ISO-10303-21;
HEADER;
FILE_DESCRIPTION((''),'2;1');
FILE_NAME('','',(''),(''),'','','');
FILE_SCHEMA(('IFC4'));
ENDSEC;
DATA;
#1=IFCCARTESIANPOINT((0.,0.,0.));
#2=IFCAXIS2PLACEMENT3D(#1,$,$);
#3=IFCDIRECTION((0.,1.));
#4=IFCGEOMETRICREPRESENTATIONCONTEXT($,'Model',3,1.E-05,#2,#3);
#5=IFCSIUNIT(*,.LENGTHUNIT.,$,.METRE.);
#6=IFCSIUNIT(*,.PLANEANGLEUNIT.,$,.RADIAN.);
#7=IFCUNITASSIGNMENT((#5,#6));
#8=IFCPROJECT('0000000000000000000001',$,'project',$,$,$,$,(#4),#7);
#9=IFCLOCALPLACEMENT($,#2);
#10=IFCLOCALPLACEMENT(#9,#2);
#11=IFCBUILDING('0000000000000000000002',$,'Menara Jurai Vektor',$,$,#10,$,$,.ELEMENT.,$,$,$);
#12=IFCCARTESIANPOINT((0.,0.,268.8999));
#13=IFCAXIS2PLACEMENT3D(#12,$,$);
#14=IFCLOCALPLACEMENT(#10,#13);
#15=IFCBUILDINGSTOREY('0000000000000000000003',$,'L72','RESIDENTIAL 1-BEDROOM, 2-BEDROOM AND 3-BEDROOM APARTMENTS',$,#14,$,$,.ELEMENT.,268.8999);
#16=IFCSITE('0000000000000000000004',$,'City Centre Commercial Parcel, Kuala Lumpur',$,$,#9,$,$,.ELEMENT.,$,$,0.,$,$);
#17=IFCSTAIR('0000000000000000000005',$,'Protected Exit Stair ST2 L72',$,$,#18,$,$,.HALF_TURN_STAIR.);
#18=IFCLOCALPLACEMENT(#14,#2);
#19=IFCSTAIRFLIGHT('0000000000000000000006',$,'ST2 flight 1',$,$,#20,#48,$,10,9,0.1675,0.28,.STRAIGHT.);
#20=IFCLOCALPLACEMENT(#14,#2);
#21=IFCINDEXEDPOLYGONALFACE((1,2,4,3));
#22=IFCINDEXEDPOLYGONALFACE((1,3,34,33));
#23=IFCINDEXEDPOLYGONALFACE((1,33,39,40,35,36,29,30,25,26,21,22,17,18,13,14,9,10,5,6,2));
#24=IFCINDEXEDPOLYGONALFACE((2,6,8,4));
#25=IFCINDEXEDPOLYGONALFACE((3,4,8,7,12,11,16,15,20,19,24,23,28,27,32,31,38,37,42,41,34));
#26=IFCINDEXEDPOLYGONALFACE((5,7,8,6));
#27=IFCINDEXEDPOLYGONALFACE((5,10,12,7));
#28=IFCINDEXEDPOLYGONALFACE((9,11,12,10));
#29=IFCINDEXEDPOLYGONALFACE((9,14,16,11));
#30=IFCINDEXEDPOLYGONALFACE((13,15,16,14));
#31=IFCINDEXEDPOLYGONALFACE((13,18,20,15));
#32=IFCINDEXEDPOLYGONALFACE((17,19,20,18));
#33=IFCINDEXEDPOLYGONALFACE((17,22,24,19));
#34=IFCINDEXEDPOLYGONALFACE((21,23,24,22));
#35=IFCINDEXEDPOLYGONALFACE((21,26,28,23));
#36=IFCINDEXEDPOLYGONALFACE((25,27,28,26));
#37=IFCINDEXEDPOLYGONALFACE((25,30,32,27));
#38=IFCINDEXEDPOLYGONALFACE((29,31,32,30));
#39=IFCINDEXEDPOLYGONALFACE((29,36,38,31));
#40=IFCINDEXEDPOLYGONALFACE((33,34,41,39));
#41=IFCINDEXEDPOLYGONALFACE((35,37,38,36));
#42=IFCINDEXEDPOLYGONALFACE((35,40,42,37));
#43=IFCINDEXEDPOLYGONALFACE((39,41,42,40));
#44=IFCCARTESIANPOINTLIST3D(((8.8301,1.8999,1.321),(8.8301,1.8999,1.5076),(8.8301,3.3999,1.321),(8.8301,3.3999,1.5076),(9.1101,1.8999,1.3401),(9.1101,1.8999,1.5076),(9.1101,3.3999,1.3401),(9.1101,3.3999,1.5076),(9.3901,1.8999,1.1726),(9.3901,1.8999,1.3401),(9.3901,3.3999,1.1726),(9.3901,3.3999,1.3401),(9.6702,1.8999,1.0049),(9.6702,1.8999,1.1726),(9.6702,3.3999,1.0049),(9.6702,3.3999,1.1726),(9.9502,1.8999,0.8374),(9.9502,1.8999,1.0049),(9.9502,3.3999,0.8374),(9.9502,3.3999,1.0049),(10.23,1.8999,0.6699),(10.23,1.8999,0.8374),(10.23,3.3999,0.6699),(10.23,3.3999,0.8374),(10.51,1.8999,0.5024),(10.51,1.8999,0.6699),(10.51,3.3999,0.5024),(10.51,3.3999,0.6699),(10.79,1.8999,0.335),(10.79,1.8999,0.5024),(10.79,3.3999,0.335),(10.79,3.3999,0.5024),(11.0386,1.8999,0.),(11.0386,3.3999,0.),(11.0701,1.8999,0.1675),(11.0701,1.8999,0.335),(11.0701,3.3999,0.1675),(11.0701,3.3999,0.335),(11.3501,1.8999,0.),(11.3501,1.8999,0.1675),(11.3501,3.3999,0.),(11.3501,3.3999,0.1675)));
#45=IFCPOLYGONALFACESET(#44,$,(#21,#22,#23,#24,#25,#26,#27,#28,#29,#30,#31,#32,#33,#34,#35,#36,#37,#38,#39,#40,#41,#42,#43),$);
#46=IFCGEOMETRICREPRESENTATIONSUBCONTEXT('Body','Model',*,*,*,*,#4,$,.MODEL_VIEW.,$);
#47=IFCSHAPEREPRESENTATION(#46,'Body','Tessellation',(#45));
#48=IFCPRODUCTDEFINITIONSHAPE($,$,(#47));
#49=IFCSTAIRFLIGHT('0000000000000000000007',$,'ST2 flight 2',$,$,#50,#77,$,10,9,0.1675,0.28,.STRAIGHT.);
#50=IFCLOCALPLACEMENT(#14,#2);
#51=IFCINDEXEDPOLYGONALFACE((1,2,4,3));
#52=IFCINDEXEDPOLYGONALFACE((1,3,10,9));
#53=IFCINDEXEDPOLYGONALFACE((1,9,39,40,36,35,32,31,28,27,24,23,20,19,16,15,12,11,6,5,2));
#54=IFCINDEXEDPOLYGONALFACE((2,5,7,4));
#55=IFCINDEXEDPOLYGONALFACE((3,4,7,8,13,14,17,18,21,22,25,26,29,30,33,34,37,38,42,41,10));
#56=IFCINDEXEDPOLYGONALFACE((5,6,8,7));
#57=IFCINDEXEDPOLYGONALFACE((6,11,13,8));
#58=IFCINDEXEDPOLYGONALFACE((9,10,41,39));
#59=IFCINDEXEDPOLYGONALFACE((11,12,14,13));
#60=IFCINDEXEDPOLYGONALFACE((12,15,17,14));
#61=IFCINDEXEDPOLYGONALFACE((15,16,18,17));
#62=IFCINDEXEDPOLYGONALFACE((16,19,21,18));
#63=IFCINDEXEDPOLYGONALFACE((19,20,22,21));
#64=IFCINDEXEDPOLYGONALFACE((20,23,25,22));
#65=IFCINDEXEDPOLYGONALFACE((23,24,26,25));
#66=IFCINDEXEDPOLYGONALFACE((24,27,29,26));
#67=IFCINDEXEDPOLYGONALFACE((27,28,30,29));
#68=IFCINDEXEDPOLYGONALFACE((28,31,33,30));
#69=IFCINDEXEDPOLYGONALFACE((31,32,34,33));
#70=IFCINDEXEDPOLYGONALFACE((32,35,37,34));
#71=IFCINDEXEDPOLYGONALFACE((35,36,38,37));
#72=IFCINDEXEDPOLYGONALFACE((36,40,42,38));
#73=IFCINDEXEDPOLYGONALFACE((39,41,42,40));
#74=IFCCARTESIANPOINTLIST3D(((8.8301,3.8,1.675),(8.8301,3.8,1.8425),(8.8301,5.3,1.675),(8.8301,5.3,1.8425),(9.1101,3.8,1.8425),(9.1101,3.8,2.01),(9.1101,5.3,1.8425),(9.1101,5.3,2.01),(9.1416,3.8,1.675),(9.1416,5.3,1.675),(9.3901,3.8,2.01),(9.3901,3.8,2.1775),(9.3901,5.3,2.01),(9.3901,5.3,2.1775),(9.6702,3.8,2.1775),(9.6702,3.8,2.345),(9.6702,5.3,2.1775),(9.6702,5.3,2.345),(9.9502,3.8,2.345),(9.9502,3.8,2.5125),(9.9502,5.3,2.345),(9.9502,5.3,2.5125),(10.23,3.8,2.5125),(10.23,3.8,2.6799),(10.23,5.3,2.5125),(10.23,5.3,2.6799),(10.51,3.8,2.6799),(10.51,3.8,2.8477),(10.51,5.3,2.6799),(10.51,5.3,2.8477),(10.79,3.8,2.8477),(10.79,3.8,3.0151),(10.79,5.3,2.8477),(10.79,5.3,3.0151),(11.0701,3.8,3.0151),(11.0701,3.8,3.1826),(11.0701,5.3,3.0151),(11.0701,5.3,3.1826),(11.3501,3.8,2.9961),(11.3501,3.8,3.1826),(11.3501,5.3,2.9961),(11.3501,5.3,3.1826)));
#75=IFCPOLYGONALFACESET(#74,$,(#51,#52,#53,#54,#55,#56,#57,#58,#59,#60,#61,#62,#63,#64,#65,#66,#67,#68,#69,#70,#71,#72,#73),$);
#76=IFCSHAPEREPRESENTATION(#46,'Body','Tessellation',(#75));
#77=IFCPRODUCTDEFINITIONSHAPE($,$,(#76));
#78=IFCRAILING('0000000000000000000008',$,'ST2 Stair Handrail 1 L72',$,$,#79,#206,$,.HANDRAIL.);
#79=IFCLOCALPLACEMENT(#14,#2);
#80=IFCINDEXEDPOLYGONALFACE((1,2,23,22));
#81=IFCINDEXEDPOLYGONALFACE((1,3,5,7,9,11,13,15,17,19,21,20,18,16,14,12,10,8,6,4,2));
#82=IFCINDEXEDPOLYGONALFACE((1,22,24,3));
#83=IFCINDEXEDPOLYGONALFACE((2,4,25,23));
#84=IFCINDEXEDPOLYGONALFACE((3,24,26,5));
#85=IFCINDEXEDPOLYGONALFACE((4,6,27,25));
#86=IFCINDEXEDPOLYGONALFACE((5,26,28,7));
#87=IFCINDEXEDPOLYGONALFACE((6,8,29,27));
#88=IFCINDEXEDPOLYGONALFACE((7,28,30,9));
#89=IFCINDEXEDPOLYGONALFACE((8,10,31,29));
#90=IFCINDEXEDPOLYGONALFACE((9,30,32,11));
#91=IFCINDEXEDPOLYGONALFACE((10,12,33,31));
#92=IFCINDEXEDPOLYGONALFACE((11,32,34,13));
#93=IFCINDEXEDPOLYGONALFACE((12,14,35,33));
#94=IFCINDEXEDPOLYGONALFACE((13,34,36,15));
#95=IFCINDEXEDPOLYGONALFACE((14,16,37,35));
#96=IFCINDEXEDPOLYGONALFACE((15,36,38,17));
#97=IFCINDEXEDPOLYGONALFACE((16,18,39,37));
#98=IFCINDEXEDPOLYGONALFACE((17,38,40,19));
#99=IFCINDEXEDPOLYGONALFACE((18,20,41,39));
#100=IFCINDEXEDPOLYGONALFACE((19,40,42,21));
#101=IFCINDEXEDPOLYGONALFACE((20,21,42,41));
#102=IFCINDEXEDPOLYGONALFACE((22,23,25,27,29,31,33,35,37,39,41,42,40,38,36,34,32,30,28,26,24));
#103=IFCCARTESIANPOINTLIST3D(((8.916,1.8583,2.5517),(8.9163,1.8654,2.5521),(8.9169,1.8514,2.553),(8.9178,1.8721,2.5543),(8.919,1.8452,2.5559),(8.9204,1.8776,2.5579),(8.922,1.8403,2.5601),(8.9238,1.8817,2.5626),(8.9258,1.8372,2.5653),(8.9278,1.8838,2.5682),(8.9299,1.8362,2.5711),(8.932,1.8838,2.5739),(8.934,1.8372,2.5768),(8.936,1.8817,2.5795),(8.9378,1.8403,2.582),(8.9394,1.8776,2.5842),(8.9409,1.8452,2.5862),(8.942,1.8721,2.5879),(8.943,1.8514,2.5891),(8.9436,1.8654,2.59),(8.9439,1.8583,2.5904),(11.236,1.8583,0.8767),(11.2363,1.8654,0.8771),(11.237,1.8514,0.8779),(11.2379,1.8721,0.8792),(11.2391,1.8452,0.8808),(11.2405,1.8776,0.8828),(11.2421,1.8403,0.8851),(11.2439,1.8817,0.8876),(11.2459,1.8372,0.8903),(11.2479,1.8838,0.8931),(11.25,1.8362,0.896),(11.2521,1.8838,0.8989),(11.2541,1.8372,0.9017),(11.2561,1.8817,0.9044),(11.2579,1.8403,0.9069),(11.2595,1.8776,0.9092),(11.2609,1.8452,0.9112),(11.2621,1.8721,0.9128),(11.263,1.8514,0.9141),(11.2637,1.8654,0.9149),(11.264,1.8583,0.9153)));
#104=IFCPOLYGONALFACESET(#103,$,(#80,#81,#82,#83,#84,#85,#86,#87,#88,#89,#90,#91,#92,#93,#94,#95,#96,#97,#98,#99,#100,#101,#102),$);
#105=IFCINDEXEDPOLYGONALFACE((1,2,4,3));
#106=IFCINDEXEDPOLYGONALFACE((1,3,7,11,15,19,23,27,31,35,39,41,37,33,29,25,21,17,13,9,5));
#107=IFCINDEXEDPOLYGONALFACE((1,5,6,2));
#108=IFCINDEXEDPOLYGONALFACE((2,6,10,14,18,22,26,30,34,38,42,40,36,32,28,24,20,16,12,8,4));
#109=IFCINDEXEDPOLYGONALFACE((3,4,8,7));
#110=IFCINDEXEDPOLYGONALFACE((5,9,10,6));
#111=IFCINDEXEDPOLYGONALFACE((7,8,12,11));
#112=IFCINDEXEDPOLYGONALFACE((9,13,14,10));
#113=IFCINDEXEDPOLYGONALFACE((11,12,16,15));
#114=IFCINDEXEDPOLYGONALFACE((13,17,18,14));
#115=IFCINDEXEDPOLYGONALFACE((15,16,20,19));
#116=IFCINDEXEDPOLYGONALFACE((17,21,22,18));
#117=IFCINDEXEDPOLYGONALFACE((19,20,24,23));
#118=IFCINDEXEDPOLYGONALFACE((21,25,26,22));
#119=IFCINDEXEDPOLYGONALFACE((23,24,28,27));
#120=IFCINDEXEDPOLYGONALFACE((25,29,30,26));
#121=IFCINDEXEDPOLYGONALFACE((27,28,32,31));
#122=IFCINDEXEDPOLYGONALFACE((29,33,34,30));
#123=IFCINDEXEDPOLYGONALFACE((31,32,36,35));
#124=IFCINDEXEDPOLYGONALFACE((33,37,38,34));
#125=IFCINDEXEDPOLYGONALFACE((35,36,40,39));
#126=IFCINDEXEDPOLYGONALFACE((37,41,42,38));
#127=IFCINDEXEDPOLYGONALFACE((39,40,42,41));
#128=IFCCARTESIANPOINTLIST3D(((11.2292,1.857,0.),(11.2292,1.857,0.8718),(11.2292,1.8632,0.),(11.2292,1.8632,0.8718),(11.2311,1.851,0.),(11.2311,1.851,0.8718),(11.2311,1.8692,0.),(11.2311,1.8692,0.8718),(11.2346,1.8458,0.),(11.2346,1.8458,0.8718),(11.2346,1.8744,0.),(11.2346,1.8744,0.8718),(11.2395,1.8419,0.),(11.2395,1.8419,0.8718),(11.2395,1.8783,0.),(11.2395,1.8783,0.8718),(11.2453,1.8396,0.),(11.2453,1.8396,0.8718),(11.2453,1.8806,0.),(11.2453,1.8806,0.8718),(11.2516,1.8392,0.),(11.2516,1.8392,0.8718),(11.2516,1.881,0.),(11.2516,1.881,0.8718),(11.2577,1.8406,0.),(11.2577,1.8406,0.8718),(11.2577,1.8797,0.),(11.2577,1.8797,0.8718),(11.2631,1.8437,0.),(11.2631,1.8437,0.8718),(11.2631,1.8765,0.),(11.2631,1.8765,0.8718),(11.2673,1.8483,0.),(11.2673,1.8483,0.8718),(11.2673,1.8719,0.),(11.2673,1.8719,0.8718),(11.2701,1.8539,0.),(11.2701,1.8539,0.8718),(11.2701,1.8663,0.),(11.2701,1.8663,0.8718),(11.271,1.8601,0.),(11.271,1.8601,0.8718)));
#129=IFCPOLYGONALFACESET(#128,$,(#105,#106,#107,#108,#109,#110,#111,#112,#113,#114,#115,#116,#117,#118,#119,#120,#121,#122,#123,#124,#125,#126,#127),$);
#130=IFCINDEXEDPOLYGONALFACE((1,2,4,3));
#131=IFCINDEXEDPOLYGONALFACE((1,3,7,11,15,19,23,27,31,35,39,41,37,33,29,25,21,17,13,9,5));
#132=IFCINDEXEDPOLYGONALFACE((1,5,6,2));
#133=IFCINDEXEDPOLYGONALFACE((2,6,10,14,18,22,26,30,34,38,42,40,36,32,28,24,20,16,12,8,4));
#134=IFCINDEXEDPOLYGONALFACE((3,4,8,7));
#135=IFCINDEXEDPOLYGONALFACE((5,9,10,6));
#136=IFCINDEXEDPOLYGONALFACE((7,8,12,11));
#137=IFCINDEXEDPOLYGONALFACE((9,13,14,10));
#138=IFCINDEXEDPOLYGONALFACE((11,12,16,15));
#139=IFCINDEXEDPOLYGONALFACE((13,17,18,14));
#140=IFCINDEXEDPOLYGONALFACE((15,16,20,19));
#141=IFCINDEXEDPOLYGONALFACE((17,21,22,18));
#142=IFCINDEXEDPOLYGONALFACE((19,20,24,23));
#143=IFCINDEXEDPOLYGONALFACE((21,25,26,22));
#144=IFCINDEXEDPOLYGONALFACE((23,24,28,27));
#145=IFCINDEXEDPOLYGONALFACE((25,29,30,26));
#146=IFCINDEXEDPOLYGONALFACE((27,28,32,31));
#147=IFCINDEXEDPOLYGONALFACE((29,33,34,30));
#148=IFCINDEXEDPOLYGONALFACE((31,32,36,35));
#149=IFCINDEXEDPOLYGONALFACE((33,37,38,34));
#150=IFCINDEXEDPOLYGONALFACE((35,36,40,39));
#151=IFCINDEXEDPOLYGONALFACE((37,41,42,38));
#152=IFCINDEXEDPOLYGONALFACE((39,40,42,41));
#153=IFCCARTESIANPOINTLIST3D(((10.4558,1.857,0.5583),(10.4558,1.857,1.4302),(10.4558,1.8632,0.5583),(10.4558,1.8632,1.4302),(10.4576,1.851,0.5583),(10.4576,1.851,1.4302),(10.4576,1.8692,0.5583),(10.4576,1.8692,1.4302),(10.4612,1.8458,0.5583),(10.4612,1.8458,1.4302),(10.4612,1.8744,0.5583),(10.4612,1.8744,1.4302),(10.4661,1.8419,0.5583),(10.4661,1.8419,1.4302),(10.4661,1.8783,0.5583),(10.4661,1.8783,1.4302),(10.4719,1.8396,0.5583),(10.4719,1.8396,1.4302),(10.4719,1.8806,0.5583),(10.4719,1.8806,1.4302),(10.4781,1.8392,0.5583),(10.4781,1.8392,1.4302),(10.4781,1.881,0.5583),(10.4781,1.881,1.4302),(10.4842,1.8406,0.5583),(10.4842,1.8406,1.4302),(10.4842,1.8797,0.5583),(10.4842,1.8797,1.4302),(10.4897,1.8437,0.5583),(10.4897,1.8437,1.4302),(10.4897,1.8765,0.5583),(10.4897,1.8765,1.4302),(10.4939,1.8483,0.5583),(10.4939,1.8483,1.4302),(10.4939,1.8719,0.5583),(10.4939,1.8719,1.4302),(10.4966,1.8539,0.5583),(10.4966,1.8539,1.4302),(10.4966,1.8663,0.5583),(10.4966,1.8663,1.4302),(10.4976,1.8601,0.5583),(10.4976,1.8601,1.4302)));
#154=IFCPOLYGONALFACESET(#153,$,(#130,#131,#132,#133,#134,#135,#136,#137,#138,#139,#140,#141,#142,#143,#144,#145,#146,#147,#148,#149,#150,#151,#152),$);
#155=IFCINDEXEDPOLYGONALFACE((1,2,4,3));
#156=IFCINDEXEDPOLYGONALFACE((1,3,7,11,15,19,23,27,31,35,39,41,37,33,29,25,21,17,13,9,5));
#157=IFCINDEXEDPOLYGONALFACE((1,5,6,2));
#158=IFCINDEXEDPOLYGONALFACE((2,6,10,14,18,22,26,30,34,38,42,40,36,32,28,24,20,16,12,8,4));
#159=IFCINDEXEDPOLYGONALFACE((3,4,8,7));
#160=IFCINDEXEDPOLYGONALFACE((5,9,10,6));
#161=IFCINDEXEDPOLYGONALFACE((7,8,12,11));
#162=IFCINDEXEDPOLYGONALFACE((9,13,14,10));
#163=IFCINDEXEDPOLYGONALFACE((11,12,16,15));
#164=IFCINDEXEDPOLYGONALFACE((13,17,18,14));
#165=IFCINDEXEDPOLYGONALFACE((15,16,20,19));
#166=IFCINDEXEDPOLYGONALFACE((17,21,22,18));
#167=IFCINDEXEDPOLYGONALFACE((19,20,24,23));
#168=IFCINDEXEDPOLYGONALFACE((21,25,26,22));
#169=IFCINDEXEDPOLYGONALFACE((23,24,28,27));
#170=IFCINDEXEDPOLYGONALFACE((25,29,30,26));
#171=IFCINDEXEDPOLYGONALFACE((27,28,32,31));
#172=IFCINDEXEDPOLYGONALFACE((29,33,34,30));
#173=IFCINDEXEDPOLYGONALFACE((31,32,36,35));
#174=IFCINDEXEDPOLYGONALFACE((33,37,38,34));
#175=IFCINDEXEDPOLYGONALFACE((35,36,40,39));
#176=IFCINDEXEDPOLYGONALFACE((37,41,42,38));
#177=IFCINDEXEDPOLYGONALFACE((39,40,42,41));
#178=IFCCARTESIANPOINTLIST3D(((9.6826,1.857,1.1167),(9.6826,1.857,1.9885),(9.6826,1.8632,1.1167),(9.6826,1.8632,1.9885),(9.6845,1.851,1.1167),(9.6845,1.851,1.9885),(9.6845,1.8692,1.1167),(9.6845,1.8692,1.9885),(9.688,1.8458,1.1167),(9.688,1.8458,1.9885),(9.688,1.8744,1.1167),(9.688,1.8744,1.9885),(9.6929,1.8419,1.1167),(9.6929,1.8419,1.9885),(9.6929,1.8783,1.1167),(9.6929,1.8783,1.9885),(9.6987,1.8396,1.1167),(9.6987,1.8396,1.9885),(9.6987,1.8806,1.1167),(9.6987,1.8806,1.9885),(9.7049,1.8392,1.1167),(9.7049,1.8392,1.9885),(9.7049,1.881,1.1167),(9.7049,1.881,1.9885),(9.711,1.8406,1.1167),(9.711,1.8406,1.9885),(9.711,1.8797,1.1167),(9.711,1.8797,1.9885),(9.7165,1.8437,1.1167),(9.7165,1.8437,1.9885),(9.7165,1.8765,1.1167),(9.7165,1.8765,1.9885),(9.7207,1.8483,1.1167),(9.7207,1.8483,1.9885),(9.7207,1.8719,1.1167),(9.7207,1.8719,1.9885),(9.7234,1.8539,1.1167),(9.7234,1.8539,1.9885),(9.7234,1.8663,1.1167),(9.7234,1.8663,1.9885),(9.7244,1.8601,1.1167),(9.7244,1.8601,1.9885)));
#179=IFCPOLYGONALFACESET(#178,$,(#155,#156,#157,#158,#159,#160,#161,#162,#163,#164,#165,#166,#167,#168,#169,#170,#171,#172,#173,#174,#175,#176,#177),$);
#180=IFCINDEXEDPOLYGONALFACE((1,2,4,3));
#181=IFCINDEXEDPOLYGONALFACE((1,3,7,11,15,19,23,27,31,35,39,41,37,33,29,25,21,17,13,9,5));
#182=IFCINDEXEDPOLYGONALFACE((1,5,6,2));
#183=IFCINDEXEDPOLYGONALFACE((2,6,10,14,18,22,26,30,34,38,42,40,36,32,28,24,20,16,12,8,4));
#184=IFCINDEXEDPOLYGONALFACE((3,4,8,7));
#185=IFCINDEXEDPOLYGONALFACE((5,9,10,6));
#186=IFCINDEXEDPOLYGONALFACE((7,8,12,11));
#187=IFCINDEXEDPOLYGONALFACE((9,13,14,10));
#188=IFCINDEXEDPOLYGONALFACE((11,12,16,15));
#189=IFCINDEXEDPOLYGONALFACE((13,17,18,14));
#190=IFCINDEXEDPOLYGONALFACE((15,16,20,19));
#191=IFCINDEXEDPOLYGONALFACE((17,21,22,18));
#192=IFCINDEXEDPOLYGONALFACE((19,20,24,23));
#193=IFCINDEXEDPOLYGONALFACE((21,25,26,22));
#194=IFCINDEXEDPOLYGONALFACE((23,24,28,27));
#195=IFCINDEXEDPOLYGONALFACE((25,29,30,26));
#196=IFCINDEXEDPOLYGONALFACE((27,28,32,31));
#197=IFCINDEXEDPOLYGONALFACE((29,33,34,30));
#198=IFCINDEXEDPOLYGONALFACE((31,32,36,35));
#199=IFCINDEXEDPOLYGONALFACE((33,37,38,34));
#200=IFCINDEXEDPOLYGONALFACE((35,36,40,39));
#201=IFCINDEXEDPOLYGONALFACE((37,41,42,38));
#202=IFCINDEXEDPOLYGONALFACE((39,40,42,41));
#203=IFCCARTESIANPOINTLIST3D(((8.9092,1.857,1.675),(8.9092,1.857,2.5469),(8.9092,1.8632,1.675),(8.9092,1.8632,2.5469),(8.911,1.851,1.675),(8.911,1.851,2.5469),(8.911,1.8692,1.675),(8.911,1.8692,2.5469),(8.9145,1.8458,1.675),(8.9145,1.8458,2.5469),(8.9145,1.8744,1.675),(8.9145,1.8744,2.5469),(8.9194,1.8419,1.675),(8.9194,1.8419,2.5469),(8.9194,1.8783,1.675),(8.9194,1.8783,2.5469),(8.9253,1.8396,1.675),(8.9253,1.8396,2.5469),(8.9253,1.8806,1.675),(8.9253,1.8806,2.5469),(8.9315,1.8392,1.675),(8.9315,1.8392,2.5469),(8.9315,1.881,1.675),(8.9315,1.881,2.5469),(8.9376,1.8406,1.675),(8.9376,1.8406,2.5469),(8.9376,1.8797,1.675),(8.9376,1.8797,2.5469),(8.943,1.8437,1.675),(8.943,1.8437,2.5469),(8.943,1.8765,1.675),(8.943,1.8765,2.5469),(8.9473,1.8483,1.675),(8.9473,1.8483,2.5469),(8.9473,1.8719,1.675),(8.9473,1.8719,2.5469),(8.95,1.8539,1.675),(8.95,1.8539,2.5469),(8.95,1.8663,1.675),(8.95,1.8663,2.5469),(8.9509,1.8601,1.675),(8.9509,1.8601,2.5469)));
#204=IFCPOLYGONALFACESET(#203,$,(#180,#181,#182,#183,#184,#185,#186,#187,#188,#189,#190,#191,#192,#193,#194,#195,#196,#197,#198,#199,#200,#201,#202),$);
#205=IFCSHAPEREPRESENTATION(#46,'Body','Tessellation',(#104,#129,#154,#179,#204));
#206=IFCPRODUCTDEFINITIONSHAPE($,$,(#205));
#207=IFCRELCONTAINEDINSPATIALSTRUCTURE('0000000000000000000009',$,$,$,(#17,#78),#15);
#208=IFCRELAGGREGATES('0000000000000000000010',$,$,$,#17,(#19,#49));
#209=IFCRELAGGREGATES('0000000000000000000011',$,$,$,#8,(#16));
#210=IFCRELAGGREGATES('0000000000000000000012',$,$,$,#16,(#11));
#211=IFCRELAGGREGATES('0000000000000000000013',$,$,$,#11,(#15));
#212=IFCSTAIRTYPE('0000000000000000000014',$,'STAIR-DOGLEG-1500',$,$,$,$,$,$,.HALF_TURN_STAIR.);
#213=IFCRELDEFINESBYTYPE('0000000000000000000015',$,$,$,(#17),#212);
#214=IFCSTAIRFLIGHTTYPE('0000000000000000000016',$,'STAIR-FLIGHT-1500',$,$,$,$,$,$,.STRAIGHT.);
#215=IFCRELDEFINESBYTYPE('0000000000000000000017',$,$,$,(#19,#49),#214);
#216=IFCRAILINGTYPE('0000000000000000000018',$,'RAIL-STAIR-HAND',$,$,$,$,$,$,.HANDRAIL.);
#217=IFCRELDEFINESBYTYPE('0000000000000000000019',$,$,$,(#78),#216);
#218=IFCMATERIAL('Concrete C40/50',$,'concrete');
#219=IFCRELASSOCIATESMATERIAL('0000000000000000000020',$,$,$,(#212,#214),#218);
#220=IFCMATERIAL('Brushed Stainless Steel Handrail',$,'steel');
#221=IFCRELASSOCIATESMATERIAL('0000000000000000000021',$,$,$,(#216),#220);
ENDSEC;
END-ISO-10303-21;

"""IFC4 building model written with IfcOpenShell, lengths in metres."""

from ifc_helpers import new_model, si_unit, direction, frame, origin, origin_2d, place, context, subcontext, project, spatial, polyline, circle, outline, extrude, material, type_object, element, aggregate, save


model = new_model("IFC4")

# Units and contexts
model_context = context("Model", 3, precision=1e-05, world=origin(), true_north=direction((0.0, 1.0)))
body_context = subcontext(model_context, "Body", "Model", "MODEL_VIEW")
ifc_project = project(units=[si_unit("LENGTHUNIT", "METRE"), si_unit("PLANEANGLEUNIT", "RADIAN")], contexts=[model_context])

# Site, building, storey
site_placement = place(None, origin())
site = spatial("IfcSite", under=ifc_project, at=site_placement, Name="City Centre Commercial Parcel, Kuala Lumpur", CompositionType="ELEMENT", RefElevation=0.0)
building_placement = place(site_placement, origin())
building = spatial("IfcBuilding", under=site, at=building_placement, Name="Menara Jurai Vektor", CompositionType="ELEMENT")
storey_placement = place(building_placement, frame((0.0, 0.0, 268.8999)))
storey = spatial("IfcBuildingStorey", under=building, at=storey_placement, Name="L72", Description="RESIDENTIAL 1-BEDROOM, 2-BEDROOM AND 3-BEDROOM APARTMENTS", CompositionType="ELEMENT", Elevation=268.8999)

# Shared definitions
ifc_material_1 = material(Name="Concrete C40/50", Category="concrete")

# Stair, stair flights
stair_type = type_object("IfcStairType", Name="STAIR-DOGLEG-1500", PredefinedType="HALF_TURN_STAIR", material=ifc_material_1)
stair_placement = place(storey_placement, origin())
stair = element("IfcStair", 1, at=stair_placement, inside=storey, type_object=stair_type, Name="Protected Exit Stair ST2 L72", PredefinedType="HALF_TURN_STAIR")
stair_flight_type = type_object("IfcStairFlightType", Name="STAIR-FLIGHT-1500", PredefinedType="STRAIGHT", material=ifc_material_1)
stair_flight_1_placement = place(storey_placement, frame((11.3501, 2.6499, 0.0), z_axis=(0.0, 0.0, 1.0), x_axis=(-1.0, 0.0, 0.0)))
stair_flight_1 = element("IfcStairFlight", 2, at=stair_flight_1_placement, type_object=stair_flight_type, Name="ST2 flight 1", NumberOfRisers=10, NumberOfTreads=9, PredefinedType="STRAIGHT", RiserHeight=0.1675, TreadLength=0.28, context=body_context, shape_type="SweptSolid", body=[
    extrude(outline(polyline([(0.0, 0.0), (0.0, 0.1675), (0.28, 0.1675), (0.28, 0.335), (0.5601, 0.335), (0.5601, 0.5024), (0.8401, 0.5024), (0.8401, 0.6699), (1.1201, 0.6699), (1.1201, 0.8374), (1.3999, 0.8374), (1.3999, 1.0049), (1.6799, 1.0049), (1.6799, 1.1726), (1.96, 1.1726), (1.96, 1.3401), (2.24, 1.3401), (2.24, 1.5076), (2.52, 1.5076), (2.52, 1.675), (2.52, 1.321), (0.3115, 0.0), (0.0, 0.0)])), frame((0.0, 0.75, 0.0), z_axis=(0.0, -1.0, 0.0), x_axis=(1.0, 0.0, 0.0)), (0.0, 0.0, 1.0), 1.5),
])
stair_flight_2_placement = place(storey_placement, frame((8.8301, 4.55, 1.675), z_axis=(0.0, 0.0, 1.0), x_axis=(1.0, 0.0, 0.0)))
stair_flight_2 = element("IfcStairFlight", 3, at=stair_flight_2_placement, type_object=stair_flight_type, Name="ST2 flight 2", NumberOfRisers=10, NumberOfTreads=9, PredefinedType="STRAIGHT", RiserHeight=0.1675, TreadLength=0.28, context=body_context, shape_type="SweptSolid", body=[
    extrude(outline(polyline([(0.0, 0.0), (0.0, 0.1675), (0.28, 0.1675), (0.28, 0.335), (0.5601, 0.335), (0.5601, 0.5024), (0.8401, 0.5024), (0.8401, 0.6699), (1.1201, 0.6699), (1.1201, 0.8374), (1.3999, 0.8374), (1.3999, 1.0049), (1.6799, 1.0049), (1.6799, 1.1726), (1.96, 1.1726), (1.96, 1.3401), (2.24, 1.3401), (2.24, 1.5076), (2.52, 1.5076), (2.52, 1.675), (2.52, 1.321), (0.3115, 0.0), (0.0, 0.0)])), frame((0.0, 0.75, 0.0), z_axis=(0.0, -1.0, 0.0), x_axis=(1.0, 0.0, 0.0)), (0.0, 0.0, 1.0), 1.5),
])
aggregate(stair, [stair_flight_1, stair_flight_2])

# Railing
ifc_material_2 = material(Name="Brushed Stainless Steel Handrail", Category="steel")
railing_type_1 = type_object("IfcRailingType", Name="RAIL-STAIR-HAND", PredefinedType="HANDRAIL", material=ifc_material_2)
railing_1_placement = place(storey_placement, frame((11.25, 1.8601, 0.0)))
element("IfcRailing", 4, at=railing_1_placement, inside=storey, type_object=railing_type_1, Name="ST2 Stair Handrail 1 L72", PredefinedType="HANDRAIL", context=body_context, shape_type="SweptSolid", body=[
    extrude(circle(Radius=0.0239, at=origin_2d()), frame((0.0, 0.0, 0.896), z_axis=(-0.810771, 0.0, 0.585363), x_axis=(0.0, -1.0, 0.0)), (0.0, 0.0, 1.0), 2.8616),
    extrude(circle(Radius=0.021, at=origin_2d()), origin(), (0.0, 0.0, 1.0), 0.8718),
    extrude(circle(Radius=0.021, at=origin_2d()), frame((-0.7734, 0.0, 0.5583)), (0.0, 0.0, 1.0), 0.8718),
    extrude(circle(Radius=0.021, at=origin_2d()), frame((-1.5466, 0.0, 1.1167)), (0.0, 0.0, 1.0), 0.8718),
    extrude(circle(Radius=0.021, at=origin_2d()), frame((-2.3201, 0.0, 1.675)), (0.0, 0.0, 1.0), 0.8718),
])

save(model, "model.ifc")
